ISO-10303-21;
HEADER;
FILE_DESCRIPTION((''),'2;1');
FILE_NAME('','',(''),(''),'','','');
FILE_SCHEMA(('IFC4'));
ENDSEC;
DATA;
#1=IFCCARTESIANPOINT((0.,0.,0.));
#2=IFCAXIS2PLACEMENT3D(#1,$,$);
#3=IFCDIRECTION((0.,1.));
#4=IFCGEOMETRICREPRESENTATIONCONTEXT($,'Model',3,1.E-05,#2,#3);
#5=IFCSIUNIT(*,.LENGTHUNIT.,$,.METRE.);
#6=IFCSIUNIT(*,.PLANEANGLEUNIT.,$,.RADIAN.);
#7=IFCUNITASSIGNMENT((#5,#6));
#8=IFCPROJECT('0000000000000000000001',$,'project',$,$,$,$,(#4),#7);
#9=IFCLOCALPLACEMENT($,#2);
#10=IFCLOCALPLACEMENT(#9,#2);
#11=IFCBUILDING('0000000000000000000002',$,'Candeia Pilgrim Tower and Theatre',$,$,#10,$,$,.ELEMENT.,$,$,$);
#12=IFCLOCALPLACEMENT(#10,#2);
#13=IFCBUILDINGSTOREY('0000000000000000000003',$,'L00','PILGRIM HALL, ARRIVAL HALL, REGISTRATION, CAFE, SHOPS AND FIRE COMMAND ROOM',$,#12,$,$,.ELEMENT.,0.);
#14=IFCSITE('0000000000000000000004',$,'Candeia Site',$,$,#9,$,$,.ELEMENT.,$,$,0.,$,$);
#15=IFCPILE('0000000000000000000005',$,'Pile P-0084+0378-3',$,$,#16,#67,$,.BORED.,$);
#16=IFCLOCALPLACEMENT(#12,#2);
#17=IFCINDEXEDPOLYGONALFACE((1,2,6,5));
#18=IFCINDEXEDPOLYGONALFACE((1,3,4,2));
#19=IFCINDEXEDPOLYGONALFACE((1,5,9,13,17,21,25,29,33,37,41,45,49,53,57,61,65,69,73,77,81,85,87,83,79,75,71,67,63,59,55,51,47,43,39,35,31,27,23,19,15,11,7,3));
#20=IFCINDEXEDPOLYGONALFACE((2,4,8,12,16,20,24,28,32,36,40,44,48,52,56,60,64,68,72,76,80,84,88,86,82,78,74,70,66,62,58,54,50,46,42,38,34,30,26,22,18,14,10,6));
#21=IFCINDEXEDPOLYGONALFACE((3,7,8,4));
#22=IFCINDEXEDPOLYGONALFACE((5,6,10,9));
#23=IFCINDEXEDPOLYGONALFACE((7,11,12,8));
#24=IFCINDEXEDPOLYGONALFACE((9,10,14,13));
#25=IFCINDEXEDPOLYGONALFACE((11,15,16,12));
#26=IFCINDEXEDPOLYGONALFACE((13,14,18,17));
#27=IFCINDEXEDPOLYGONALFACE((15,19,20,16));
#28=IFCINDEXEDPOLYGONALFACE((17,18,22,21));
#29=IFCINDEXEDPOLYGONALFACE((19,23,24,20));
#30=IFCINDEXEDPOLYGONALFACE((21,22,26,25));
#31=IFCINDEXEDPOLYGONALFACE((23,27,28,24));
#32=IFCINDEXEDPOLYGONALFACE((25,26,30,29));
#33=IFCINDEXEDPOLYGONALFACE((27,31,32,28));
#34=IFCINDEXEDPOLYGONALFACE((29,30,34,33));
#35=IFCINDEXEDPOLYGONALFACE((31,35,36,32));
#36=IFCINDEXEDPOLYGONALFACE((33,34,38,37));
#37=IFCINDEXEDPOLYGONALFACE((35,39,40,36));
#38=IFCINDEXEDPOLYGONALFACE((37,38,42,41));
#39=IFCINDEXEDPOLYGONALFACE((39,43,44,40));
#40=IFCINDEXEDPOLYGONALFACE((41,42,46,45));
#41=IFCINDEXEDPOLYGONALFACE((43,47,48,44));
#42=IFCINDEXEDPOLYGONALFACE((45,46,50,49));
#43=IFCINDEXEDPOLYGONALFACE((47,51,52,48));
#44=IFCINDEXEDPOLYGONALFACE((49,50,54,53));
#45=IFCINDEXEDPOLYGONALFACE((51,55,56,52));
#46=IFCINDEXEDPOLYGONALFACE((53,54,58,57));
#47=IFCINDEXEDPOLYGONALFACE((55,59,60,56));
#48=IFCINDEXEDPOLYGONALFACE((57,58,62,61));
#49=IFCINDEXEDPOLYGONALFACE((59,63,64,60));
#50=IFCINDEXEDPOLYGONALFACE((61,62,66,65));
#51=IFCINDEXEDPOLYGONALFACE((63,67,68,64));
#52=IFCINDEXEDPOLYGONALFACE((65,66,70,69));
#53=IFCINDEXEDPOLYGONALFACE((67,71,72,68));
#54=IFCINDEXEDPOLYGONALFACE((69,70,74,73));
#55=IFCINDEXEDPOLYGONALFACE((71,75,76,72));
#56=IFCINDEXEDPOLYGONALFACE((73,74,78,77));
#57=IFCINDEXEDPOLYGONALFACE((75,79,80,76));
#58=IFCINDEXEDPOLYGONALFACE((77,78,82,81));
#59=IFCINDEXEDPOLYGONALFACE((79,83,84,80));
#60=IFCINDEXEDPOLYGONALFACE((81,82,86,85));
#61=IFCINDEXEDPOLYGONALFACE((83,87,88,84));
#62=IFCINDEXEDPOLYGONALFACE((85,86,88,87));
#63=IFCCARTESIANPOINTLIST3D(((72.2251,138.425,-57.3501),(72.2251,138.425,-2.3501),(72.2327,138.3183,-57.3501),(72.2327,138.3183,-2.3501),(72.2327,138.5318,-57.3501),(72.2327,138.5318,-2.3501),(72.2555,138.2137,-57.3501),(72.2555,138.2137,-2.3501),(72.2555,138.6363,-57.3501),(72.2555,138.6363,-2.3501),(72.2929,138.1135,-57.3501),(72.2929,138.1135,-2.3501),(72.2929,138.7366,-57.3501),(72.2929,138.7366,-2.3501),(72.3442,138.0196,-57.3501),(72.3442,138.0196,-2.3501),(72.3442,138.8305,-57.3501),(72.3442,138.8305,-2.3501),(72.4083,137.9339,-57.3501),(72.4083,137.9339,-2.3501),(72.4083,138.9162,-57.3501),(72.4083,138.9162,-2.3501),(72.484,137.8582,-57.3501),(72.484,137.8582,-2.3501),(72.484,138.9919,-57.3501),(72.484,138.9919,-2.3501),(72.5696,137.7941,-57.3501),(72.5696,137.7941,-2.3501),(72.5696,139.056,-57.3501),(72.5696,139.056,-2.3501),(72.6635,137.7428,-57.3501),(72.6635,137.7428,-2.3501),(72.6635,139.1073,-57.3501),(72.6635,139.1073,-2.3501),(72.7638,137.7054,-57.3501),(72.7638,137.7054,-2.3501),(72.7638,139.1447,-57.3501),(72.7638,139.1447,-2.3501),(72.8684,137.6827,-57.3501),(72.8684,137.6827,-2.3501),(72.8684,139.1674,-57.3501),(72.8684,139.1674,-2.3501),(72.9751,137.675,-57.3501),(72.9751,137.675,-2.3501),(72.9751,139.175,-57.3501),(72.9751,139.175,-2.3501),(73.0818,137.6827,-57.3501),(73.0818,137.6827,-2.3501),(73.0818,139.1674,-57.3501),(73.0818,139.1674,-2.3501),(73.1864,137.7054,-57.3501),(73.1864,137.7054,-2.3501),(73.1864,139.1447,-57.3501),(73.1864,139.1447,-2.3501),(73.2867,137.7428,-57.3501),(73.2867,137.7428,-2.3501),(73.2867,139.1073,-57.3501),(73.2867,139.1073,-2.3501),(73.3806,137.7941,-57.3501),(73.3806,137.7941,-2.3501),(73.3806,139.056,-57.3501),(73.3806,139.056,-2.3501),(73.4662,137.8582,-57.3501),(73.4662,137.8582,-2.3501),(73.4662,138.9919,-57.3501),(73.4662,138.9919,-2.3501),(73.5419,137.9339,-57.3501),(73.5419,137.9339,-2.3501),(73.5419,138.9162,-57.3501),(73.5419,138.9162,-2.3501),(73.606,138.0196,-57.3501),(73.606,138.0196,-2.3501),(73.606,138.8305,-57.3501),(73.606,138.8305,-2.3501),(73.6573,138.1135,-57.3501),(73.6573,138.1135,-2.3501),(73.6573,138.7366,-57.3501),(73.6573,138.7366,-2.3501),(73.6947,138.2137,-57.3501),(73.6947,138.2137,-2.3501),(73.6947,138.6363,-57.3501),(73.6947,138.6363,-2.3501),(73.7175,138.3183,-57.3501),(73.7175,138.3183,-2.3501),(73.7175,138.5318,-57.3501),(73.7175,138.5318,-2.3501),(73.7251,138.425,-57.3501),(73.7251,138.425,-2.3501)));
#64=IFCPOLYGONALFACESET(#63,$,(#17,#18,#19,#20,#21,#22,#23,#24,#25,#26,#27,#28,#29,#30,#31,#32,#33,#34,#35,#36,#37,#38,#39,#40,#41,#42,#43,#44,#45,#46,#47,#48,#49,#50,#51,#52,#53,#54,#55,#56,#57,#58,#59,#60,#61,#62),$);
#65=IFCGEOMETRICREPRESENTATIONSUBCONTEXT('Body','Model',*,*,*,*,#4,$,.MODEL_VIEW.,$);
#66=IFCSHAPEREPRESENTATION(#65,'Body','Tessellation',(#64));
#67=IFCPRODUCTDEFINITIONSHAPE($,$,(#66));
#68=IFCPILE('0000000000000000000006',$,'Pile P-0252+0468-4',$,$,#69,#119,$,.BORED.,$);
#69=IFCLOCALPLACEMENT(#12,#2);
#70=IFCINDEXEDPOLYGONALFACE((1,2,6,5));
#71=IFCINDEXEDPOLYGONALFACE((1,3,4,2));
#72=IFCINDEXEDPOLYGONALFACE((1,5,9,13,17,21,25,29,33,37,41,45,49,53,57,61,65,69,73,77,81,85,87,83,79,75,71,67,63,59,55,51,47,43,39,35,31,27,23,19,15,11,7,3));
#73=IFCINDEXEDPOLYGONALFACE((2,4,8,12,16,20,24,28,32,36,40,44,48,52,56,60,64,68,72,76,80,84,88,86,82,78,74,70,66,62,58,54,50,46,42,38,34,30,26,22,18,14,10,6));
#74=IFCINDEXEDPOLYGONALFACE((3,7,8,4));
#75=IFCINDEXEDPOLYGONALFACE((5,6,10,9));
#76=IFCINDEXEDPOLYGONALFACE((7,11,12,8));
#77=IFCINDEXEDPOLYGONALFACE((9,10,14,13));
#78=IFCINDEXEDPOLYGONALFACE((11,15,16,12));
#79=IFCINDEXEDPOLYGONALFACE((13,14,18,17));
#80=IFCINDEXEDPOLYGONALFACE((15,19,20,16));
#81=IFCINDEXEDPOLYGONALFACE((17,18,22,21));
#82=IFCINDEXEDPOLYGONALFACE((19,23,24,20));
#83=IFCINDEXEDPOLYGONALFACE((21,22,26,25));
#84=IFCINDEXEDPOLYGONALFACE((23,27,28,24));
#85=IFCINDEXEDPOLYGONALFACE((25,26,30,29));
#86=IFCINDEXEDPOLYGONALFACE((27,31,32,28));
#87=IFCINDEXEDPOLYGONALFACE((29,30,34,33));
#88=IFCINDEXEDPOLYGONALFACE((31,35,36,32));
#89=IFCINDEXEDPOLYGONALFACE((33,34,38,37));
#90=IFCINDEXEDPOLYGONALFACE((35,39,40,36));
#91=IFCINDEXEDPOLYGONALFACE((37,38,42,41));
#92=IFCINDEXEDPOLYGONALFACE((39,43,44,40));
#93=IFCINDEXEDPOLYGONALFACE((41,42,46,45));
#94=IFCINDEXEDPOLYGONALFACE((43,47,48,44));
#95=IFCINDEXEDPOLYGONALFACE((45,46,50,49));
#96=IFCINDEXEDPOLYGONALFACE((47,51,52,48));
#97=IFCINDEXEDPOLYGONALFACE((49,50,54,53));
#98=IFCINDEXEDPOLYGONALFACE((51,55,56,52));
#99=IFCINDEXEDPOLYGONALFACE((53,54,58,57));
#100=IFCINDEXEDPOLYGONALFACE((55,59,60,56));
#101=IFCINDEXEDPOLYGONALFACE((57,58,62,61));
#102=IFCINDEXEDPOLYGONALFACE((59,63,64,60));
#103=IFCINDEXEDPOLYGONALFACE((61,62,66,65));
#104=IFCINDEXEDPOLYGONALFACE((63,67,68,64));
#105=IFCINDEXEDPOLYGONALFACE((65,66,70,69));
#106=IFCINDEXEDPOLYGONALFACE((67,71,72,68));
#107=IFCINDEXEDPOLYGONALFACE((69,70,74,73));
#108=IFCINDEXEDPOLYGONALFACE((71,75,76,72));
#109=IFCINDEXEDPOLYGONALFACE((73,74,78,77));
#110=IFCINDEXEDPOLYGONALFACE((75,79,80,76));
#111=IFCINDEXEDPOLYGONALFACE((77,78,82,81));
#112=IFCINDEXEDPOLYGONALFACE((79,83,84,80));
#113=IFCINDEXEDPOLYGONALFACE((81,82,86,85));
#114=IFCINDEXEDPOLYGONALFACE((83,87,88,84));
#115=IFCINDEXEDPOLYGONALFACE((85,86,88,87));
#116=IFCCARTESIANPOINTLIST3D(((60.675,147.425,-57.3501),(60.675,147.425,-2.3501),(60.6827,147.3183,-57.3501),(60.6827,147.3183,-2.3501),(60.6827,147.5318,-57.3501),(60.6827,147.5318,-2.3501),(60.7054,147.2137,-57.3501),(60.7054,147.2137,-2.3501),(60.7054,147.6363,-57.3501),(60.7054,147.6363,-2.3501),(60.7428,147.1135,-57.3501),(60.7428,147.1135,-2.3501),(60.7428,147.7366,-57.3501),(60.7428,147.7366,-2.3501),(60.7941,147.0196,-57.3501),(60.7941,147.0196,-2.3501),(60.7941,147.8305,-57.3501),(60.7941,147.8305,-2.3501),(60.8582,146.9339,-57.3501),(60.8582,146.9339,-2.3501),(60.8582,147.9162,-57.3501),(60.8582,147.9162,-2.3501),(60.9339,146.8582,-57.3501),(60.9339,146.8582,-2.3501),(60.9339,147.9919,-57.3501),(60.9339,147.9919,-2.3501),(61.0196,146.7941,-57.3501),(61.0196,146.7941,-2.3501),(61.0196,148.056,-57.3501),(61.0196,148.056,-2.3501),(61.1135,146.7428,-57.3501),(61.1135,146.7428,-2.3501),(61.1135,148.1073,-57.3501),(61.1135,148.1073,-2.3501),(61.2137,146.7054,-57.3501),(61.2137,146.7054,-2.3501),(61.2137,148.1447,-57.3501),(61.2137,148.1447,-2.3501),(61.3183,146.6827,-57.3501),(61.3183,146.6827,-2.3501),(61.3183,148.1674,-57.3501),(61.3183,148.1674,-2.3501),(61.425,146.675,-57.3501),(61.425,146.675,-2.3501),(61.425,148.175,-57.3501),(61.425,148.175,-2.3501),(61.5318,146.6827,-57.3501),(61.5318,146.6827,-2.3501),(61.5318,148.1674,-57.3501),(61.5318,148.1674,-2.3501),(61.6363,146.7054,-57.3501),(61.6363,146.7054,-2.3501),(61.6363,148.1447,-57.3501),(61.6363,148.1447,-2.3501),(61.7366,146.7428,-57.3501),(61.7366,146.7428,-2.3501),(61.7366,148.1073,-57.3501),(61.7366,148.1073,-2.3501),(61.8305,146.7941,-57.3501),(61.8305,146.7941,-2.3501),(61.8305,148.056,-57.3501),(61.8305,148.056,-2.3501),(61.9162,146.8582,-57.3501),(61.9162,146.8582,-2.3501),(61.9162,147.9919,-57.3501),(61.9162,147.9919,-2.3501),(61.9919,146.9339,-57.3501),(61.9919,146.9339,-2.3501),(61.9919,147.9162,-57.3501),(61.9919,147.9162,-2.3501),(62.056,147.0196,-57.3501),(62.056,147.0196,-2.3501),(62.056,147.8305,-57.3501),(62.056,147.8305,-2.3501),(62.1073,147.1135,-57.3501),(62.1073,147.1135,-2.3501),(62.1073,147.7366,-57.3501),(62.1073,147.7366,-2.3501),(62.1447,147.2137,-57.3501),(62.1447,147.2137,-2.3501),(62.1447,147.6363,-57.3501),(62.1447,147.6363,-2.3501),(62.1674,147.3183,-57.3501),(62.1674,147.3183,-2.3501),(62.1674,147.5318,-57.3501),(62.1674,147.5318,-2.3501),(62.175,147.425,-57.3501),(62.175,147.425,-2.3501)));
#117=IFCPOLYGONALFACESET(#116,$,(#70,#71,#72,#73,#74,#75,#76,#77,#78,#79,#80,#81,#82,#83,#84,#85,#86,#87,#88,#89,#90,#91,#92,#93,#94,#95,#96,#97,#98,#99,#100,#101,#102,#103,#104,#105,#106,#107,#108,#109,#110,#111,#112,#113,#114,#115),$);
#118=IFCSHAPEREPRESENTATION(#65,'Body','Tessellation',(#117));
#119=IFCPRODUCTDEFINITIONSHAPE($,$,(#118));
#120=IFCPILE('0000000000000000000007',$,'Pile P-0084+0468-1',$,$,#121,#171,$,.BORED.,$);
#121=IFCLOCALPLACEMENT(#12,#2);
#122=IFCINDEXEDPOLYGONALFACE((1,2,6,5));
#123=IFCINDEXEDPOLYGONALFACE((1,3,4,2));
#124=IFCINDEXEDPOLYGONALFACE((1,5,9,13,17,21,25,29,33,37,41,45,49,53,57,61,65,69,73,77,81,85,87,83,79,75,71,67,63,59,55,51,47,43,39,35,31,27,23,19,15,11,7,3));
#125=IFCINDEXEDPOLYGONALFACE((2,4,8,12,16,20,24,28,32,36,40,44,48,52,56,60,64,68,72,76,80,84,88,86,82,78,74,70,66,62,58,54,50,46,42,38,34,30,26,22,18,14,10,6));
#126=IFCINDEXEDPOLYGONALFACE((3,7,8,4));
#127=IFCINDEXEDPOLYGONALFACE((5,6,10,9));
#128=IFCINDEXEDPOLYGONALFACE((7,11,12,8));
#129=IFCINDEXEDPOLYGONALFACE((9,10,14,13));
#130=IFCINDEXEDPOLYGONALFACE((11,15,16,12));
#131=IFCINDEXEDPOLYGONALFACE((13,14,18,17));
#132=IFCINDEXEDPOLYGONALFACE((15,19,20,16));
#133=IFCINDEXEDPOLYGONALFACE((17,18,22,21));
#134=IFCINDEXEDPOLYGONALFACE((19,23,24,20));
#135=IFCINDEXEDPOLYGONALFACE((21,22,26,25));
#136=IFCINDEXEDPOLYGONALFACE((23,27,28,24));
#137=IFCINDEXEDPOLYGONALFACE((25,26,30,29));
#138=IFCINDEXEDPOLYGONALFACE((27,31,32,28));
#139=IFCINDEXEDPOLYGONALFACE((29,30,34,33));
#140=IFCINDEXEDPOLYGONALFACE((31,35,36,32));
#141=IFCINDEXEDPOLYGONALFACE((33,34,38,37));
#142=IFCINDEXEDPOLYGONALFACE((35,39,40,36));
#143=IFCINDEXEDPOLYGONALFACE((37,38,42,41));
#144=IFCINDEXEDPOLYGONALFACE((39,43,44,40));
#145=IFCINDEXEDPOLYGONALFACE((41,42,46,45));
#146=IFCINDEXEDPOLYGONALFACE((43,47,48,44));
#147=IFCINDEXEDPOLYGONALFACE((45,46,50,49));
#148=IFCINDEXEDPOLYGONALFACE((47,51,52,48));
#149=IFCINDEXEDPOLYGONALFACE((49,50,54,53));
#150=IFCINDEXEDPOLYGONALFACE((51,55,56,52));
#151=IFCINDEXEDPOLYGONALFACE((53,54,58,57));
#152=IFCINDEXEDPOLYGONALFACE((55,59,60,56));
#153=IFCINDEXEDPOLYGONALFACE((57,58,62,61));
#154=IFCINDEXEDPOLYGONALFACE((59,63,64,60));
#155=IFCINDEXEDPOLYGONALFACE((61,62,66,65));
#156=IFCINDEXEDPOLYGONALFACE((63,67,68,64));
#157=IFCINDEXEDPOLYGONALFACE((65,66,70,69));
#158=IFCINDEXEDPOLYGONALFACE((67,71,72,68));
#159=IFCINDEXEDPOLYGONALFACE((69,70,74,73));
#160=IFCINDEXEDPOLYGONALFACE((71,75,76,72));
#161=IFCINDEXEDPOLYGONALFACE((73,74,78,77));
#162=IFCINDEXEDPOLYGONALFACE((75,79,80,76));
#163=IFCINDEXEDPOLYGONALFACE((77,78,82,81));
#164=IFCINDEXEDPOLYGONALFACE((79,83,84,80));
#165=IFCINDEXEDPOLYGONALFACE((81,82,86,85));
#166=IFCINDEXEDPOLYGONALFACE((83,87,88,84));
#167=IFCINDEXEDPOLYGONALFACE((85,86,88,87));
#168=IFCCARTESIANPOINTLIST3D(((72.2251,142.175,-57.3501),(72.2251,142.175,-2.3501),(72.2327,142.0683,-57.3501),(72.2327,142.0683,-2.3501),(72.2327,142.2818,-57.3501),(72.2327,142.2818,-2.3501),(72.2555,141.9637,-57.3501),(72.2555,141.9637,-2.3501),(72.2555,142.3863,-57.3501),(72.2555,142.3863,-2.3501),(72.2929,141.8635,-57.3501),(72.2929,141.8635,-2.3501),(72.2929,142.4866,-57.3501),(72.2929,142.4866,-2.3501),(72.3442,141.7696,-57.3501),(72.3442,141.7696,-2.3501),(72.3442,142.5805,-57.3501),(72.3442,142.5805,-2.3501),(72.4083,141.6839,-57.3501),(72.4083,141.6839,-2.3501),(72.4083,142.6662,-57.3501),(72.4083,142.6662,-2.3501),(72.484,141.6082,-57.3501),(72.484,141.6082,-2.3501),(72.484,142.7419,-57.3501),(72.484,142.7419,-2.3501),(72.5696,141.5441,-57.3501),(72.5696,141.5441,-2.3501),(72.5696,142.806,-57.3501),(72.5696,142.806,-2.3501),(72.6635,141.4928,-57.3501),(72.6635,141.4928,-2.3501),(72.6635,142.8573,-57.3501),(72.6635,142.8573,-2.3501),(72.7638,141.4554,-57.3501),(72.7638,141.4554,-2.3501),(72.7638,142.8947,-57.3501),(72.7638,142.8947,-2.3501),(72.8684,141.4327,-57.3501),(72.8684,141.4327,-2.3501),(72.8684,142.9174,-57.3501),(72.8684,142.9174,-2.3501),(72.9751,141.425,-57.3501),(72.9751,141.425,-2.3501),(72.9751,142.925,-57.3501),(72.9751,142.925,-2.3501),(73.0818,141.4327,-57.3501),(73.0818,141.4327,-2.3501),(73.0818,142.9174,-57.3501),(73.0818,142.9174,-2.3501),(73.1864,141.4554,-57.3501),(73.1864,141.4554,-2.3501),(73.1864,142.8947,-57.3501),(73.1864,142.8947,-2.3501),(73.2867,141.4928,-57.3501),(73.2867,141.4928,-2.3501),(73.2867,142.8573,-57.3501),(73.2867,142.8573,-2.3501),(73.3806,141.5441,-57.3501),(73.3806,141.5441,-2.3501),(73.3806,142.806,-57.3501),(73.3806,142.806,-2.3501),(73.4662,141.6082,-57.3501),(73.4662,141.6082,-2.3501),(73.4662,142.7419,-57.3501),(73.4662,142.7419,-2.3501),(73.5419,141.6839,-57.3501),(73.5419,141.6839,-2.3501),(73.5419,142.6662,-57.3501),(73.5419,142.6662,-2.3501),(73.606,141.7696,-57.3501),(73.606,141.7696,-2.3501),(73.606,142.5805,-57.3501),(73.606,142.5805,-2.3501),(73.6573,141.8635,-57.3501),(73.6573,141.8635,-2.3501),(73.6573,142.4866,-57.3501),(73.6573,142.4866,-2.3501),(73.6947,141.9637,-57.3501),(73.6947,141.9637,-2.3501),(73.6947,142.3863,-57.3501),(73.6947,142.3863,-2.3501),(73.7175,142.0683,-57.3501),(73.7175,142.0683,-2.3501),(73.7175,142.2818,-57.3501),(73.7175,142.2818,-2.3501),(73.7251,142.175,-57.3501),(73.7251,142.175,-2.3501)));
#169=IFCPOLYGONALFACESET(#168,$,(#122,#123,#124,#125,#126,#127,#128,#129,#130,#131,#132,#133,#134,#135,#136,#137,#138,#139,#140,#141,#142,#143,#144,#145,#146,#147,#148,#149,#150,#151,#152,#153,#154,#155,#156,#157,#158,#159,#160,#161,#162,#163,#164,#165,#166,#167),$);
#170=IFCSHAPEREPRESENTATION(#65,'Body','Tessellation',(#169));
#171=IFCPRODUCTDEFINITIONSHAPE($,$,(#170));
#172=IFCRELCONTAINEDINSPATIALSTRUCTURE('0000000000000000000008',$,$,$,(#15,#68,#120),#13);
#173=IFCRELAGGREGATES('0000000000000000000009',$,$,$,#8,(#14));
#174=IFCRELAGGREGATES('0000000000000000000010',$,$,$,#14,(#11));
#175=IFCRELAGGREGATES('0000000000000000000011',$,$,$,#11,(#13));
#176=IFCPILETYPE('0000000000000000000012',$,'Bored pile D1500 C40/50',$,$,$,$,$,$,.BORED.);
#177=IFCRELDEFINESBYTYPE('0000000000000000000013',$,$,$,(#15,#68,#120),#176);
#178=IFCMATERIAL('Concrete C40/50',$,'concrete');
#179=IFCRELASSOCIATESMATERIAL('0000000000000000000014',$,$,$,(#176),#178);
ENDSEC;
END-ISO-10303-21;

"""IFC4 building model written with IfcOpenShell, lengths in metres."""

from ifc_helpers import new_model, si_unit, direction, frame, origin, origin_2d, place, context, subcontext, project, spatial, circle, extrude, material, material_profile, profile_set, type_object, element, save


model = new_model("IFC4")

# Units and contexts
model_context = context("Model", 3, precision=1e-05, world=origin(), true_north=direction((0.0, 1.0)))
body_context = subcontext(model_context, "Body", "Model", "MODEL_VIEW")
ifc_project = project(units=[si_unit("LENGTHUNIT", "METRE"), si_unit("PLANEANGLEUNIT", "RADIAN")], contexts=[model_context])

# Site, building, storey
site_placement = place(None, origin())
site = spatial("IfcSite", under=ifc_project, at=site_placement, Name="Candeia Site", CompositionType="ELEMENT", RefElevation=0.0)
building_placement = place(site_placement, origin())
building = spatial("IfcBuilding", under=site, at=building_placement, Name="Candeia Pilgrim Tower and Theatre", CompositionType="ELEMENT")
storey_placement = place(building_placement, origin())
storey = spatial("IfcBuildingStorey", under=building, at=storey_placement, Name="L00", Description="PILGRIM HALL, ARRIVAL HALL, REGISTRATION, CAFE, SHOPS AND FIRE COMMAND ROOM", CompositionType="ELEMENT", Elevation=0.0)

# Piles
ifc_material_1 = material(Name="Concrete C40/50", Category="concrete")
ifc_material_profile_1 = material_profile(ifc_material_1, circle(Radius=0.75, at=origin_2d()))
ifc_profile_set_1 = profile_set([ifc_material_profile_1], Name="Concrete C40/50")
pile_type = type_object("IfcPileType", Name="Bored pile D1500 C40/50", PredefinedType="BORED", material=ifc_profile_set_1)
for number, where, z_axis, x_axis, name in (
    (1, (72.9751, 138.425, -2.3501), (0.0, 0.0, -1.0), (1.0, 0.0, 0.0), "Pile P-0084+0378-3"),
    (2, (61.425, 147.425, -2.3501), (0.0, 0.0, -1.0), (1.0, 0.0, 0.0), "Pile P-0252+0468-4"),
    (3, (72.9751, 142.175, -2.3501), (0.0, 0.0, -1.0), (1.0, 0.0, 0.0), "Pile P-0084+0468-1"),
):
    element("IfcPile", number, at=place(storey_placement, frame(where, z_axis=z_axis, x_axis=x_axis)), inside=storey, type_object=pile_type, Name=name, PredefinedType="BORED", context=body_context, shape_type="SweptSolid", body=[
        extrude(circle(Radius=0.75, at=origin_2d()), origin(), (0.0, 0.0, 1.0), 55.0),
    ])

save(model, "model.ifc")
